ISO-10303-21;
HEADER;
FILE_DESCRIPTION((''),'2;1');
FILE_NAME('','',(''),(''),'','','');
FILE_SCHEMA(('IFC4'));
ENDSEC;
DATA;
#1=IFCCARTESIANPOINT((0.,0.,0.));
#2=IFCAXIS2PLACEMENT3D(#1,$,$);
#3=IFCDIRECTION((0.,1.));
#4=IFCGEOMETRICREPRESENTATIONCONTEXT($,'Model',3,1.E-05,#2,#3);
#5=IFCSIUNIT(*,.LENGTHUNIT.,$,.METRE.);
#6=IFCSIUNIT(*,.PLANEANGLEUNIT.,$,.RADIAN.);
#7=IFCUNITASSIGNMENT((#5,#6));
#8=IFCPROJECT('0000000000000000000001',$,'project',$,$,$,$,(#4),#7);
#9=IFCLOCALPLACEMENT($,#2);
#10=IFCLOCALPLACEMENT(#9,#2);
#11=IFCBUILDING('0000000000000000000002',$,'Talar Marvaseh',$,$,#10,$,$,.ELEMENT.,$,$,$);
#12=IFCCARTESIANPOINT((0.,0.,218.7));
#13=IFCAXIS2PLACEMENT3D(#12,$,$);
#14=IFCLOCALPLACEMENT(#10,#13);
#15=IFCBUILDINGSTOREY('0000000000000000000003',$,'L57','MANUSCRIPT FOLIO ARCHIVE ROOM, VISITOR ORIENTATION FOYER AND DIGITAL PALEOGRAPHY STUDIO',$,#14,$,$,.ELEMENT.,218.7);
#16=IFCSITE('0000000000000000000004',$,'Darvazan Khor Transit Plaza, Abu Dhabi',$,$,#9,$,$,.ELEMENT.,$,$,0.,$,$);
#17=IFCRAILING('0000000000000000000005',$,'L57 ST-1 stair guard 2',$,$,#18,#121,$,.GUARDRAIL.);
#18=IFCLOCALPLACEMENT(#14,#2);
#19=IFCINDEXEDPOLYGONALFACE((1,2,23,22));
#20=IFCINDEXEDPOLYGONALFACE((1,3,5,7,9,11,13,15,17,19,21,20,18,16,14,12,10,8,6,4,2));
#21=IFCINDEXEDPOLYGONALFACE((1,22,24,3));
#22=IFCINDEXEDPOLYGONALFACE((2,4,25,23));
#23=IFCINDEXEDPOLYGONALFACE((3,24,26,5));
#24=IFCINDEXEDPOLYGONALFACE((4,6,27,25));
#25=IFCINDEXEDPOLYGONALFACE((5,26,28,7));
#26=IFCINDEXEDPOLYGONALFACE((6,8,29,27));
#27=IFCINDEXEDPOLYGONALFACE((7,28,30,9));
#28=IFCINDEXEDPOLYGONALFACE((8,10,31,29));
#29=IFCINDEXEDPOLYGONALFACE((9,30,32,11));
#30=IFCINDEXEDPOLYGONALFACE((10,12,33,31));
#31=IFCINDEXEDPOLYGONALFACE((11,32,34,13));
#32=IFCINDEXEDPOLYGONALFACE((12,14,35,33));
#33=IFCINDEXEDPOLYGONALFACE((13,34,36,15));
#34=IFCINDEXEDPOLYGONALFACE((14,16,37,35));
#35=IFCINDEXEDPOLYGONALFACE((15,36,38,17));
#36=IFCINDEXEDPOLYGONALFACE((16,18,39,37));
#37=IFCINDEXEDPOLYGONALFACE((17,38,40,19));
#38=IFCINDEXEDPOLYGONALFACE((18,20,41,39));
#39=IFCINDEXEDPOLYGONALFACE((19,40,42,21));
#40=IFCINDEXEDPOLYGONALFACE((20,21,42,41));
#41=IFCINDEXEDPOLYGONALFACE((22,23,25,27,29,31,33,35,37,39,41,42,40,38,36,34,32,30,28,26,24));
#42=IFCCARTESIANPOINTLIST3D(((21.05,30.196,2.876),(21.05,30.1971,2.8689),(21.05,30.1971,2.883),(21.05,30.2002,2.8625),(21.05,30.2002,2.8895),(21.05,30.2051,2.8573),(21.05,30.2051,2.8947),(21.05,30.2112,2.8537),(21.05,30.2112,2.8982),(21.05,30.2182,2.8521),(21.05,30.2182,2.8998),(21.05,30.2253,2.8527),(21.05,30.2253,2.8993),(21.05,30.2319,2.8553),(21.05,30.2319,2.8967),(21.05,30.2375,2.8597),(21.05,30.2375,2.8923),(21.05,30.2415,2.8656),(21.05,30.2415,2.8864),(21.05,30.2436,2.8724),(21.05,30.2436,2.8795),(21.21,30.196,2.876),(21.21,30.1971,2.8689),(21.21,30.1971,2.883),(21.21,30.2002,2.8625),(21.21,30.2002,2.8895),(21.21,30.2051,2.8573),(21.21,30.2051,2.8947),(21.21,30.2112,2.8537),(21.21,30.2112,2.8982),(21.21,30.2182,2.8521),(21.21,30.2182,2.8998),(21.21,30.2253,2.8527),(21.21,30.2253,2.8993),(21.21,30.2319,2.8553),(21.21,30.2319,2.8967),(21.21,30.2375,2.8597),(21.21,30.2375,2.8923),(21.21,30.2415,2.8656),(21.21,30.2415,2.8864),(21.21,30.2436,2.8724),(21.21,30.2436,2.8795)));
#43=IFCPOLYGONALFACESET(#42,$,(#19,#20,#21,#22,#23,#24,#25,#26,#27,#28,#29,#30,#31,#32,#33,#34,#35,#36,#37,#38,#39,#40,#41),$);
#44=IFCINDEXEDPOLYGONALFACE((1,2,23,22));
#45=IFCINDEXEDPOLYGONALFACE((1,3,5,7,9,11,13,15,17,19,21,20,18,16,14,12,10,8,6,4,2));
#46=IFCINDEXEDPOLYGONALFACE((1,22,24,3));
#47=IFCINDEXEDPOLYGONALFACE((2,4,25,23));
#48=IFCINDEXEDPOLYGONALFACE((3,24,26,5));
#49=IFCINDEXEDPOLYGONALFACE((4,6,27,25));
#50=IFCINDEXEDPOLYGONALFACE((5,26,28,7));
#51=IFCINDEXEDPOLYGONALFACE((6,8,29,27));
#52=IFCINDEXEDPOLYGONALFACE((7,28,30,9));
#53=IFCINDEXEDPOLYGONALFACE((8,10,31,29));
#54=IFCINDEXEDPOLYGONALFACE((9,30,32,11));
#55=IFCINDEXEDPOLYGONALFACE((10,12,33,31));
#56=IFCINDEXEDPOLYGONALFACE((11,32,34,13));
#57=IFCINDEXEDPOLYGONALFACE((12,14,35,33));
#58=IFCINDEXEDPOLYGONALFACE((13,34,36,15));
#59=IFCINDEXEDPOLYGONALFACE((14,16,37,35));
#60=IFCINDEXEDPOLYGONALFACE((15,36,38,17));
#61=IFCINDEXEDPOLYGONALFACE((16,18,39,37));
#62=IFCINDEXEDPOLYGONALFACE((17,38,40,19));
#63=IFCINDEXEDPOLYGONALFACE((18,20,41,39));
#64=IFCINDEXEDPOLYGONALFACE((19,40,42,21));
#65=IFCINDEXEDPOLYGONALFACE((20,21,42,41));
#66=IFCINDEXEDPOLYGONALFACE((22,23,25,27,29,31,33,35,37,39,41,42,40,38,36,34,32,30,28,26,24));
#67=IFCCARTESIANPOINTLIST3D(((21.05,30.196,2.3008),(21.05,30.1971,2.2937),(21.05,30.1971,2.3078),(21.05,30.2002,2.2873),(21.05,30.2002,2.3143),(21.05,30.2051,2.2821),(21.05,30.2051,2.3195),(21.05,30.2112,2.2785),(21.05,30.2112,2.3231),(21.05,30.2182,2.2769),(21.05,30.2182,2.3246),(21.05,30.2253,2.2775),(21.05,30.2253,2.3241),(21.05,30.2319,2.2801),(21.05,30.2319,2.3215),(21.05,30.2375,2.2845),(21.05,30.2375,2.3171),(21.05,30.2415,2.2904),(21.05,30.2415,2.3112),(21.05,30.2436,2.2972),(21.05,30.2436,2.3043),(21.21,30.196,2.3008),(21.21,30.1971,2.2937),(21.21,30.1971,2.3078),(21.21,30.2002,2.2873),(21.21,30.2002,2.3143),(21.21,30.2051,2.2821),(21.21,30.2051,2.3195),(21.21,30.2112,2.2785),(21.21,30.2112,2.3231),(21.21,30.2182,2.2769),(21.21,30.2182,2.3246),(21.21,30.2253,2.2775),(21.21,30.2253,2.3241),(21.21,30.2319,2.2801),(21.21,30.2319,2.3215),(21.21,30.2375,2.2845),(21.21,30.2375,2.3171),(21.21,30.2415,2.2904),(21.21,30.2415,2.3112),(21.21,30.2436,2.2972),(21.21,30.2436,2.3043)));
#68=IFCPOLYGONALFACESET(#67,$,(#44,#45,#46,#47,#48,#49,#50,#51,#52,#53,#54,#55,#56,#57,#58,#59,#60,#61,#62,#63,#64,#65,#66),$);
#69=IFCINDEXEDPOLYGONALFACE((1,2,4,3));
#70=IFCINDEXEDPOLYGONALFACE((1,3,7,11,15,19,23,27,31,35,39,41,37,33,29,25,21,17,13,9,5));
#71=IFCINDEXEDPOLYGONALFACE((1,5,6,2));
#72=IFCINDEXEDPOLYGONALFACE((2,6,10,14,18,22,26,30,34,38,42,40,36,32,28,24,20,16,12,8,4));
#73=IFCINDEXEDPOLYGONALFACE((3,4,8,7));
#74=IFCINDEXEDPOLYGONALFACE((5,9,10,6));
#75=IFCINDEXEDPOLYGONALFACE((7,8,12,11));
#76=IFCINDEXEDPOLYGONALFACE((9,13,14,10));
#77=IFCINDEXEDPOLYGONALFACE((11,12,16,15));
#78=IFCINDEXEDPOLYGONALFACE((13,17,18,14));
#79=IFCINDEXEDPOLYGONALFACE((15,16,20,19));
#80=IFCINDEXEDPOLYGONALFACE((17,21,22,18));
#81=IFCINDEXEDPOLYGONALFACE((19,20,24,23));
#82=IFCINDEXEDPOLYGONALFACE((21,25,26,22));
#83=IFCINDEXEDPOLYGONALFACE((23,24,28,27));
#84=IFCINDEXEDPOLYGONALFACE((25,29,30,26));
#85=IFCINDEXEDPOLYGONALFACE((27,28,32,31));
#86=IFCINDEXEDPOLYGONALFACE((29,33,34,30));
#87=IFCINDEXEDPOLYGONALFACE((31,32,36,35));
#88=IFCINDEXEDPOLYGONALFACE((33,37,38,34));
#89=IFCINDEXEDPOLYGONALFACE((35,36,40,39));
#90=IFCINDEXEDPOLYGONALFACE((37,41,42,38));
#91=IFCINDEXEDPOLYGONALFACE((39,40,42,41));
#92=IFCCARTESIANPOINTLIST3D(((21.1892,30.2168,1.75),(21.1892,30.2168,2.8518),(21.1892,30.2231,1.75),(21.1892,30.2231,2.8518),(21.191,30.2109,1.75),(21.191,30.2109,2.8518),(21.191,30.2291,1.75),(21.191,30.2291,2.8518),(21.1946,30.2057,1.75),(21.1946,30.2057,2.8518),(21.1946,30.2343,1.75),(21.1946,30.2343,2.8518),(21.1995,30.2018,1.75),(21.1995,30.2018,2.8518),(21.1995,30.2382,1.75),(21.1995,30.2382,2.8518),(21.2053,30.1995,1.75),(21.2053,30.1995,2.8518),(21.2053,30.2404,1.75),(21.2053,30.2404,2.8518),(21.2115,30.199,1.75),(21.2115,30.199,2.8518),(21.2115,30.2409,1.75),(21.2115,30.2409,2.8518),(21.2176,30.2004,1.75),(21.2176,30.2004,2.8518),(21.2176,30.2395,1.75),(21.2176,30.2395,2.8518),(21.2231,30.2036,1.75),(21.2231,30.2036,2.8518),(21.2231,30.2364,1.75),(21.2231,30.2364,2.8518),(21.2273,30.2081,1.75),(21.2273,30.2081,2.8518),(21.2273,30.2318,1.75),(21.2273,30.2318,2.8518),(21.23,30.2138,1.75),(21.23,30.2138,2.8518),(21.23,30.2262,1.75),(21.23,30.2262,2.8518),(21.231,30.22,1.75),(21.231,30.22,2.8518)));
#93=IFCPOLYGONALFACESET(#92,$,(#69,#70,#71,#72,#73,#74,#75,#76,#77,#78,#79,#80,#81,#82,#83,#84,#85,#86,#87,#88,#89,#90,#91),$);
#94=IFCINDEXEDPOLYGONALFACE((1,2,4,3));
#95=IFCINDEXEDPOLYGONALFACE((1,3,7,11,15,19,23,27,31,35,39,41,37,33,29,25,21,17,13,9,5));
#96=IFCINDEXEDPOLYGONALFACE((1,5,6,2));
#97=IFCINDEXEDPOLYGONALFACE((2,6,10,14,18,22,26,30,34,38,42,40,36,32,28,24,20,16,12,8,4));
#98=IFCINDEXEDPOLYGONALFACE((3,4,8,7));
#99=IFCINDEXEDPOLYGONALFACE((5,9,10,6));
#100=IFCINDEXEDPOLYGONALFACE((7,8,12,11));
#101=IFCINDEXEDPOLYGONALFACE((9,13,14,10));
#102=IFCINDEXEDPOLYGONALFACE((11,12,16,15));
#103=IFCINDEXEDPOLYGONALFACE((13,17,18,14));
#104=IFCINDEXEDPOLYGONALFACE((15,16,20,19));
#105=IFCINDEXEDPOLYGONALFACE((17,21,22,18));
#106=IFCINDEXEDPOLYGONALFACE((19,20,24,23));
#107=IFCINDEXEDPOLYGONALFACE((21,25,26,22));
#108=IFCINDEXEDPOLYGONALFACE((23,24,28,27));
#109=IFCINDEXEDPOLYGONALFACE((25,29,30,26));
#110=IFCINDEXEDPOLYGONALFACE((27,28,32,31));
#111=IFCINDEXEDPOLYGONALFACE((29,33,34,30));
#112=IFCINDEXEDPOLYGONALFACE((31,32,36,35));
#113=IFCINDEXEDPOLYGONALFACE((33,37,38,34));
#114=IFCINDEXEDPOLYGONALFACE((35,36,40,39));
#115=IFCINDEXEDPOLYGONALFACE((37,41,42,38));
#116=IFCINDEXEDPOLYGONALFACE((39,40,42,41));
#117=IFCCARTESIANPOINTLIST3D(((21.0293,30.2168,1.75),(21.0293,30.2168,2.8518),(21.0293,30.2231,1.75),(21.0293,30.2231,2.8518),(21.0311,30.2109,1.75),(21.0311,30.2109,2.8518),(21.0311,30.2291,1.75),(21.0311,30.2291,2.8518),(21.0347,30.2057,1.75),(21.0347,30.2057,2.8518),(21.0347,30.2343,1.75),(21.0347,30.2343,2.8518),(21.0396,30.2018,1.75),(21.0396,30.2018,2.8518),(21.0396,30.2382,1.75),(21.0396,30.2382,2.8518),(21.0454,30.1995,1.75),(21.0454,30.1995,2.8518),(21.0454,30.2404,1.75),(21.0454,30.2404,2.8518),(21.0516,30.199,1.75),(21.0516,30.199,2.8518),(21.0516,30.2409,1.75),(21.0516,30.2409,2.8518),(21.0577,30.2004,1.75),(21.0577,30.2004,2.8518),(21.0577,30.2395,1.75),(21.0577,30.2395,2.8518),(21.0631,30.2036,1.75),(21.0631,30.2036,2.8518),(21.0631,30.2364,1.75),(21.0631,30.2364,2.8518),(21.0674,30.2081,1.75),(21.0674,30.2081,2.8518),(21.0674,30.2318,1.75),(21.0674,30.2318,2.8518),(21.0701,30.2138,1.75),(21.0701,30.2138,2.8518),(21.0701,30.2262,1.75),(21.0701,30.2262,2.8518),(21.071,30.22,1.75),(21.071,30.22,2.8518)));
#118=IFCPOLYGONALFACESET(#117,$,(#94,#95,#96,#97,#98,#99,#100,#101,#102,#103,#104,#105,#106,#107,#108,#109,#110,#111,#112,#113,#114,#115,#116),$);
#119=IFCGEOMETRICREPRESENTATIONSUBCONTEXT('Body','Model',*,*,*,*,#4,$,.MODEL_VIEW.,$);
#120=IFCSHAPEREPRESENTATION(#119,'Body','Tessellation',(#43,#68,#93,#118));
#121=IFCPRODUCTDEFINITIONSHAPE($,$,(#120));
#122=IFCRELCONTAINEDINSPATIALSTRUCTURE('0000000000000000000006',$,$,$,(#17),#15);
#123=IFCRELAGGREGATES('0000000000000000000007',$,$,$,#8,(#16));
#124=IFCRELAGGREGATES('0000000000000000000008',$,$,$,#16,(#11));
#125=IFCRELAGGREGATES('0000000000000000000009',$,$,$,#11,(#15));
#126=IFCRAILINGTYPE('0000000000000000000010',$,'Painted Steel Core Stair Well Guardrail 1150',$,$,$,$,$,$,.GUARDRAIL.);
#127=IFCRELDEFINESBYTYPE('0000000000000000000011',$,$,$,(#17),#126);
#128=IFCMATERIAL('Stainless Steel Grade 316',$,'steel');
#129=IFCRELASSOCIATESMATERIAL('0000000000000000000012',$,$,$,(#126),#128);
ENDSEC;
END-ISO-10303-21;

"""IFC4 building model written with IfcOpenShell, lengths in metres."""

from ifc_helpers import new_model, si_unit, direction, frame, origin, origin_2d, place, context, subcontext, project, spatial, circle, extrude, material, type_object, element, save


model = new_model("IFC4")

# Units and contexts
model_context = context("Model", 3, precision=1e-05, world=origin(), true_north=direction((0.0, 1.0)))
body_context = subcontext(model_context, "Body", "Model", "MODEL_VIEW")
ifc_project = project(units=[si_unit("LENGTHUNIT", "METRE"), si_unit("PLANEANGLEUNIT", "RADIAN")], contexts=[model_context])

# Site, building, storey
site_placement = place(None, origin())
site = spatial("IfcSite", under=ifc_project, at=site_placement, Name="Darvazan Khor Transit Plaza, Abu Dhabi", CompositionType="ELEMENT", RefElevation=0.0)
building_placement = place(site_placement, origin())
building = spatial("IfcBuilding", under=site, at=building_placement, Name="Talar Marvaseh", CompositionType="ELEMENT")
storey_placement = place(building_placement, frame((0.0, 0.0, 218.7)))
storey = spatial("IfcBuildingStorey", under=building, at=storey_placement, Name="L57", Description="MANUSCRIPT FOLIO ARCHIVE ROOM, VISITOR ORIENTATION FOYER AND DIGITAL PALEOGRAPHY STUDIO", CompositionType="ELEMENT", Elevation=218.7)

# Railing
ifc_material_1 = material(Name="Stainless Steel Grade 316", Category="steel")
railing_type_1 = type_object("IfcRailingType", Name="Painted Steel Core Stair Well Guardrail 1150", PredefinedType="GUARDRAIL", material=ifc_material_1)
railing_1_placement = place(storey_placement, frame((21.21, 30.22, 1.75)))
element("IfcRailing", 1, at=railing_1_placement, inside=storey, type_object=railing_type_1, Name="L57 ST-1 stair guard 2", PredefinedType="GUARDRAIL", context=body_context, shape_type="SweptSolid", body=[
    extrude(circle(Radius=0.0239, at=origin_2d()), frame((0.0, 0.0, 1.126), z_axis=(-1.0, 0.0, 0.0), x_axis=(0.0, -1.0, 0.0)), (0.0, 0.0, 1.0), 0.1599),
    extrude(circle(Radius=0.0239, at=origin_2d()), frame((0.0, 0.0, 0.5508), z_axis=(-1.0, 0.0, 0.0), x_axis=(0.0, -1.0, 0.0)), (0.0, 0.0, 1.0), 0.1599),
    extrude(circle(Radius=0.021, at=origin_2d()), origin(), (0.0, 0.0, 1.0), 1.1018),
    extrude(circle(Radius=0.021, at=origin_2d()), frame((-0.1599, 0.0, 0.0)), (0.0, 0.0, 1.0), 1.1018),
])

save(model, "model.ifc")
